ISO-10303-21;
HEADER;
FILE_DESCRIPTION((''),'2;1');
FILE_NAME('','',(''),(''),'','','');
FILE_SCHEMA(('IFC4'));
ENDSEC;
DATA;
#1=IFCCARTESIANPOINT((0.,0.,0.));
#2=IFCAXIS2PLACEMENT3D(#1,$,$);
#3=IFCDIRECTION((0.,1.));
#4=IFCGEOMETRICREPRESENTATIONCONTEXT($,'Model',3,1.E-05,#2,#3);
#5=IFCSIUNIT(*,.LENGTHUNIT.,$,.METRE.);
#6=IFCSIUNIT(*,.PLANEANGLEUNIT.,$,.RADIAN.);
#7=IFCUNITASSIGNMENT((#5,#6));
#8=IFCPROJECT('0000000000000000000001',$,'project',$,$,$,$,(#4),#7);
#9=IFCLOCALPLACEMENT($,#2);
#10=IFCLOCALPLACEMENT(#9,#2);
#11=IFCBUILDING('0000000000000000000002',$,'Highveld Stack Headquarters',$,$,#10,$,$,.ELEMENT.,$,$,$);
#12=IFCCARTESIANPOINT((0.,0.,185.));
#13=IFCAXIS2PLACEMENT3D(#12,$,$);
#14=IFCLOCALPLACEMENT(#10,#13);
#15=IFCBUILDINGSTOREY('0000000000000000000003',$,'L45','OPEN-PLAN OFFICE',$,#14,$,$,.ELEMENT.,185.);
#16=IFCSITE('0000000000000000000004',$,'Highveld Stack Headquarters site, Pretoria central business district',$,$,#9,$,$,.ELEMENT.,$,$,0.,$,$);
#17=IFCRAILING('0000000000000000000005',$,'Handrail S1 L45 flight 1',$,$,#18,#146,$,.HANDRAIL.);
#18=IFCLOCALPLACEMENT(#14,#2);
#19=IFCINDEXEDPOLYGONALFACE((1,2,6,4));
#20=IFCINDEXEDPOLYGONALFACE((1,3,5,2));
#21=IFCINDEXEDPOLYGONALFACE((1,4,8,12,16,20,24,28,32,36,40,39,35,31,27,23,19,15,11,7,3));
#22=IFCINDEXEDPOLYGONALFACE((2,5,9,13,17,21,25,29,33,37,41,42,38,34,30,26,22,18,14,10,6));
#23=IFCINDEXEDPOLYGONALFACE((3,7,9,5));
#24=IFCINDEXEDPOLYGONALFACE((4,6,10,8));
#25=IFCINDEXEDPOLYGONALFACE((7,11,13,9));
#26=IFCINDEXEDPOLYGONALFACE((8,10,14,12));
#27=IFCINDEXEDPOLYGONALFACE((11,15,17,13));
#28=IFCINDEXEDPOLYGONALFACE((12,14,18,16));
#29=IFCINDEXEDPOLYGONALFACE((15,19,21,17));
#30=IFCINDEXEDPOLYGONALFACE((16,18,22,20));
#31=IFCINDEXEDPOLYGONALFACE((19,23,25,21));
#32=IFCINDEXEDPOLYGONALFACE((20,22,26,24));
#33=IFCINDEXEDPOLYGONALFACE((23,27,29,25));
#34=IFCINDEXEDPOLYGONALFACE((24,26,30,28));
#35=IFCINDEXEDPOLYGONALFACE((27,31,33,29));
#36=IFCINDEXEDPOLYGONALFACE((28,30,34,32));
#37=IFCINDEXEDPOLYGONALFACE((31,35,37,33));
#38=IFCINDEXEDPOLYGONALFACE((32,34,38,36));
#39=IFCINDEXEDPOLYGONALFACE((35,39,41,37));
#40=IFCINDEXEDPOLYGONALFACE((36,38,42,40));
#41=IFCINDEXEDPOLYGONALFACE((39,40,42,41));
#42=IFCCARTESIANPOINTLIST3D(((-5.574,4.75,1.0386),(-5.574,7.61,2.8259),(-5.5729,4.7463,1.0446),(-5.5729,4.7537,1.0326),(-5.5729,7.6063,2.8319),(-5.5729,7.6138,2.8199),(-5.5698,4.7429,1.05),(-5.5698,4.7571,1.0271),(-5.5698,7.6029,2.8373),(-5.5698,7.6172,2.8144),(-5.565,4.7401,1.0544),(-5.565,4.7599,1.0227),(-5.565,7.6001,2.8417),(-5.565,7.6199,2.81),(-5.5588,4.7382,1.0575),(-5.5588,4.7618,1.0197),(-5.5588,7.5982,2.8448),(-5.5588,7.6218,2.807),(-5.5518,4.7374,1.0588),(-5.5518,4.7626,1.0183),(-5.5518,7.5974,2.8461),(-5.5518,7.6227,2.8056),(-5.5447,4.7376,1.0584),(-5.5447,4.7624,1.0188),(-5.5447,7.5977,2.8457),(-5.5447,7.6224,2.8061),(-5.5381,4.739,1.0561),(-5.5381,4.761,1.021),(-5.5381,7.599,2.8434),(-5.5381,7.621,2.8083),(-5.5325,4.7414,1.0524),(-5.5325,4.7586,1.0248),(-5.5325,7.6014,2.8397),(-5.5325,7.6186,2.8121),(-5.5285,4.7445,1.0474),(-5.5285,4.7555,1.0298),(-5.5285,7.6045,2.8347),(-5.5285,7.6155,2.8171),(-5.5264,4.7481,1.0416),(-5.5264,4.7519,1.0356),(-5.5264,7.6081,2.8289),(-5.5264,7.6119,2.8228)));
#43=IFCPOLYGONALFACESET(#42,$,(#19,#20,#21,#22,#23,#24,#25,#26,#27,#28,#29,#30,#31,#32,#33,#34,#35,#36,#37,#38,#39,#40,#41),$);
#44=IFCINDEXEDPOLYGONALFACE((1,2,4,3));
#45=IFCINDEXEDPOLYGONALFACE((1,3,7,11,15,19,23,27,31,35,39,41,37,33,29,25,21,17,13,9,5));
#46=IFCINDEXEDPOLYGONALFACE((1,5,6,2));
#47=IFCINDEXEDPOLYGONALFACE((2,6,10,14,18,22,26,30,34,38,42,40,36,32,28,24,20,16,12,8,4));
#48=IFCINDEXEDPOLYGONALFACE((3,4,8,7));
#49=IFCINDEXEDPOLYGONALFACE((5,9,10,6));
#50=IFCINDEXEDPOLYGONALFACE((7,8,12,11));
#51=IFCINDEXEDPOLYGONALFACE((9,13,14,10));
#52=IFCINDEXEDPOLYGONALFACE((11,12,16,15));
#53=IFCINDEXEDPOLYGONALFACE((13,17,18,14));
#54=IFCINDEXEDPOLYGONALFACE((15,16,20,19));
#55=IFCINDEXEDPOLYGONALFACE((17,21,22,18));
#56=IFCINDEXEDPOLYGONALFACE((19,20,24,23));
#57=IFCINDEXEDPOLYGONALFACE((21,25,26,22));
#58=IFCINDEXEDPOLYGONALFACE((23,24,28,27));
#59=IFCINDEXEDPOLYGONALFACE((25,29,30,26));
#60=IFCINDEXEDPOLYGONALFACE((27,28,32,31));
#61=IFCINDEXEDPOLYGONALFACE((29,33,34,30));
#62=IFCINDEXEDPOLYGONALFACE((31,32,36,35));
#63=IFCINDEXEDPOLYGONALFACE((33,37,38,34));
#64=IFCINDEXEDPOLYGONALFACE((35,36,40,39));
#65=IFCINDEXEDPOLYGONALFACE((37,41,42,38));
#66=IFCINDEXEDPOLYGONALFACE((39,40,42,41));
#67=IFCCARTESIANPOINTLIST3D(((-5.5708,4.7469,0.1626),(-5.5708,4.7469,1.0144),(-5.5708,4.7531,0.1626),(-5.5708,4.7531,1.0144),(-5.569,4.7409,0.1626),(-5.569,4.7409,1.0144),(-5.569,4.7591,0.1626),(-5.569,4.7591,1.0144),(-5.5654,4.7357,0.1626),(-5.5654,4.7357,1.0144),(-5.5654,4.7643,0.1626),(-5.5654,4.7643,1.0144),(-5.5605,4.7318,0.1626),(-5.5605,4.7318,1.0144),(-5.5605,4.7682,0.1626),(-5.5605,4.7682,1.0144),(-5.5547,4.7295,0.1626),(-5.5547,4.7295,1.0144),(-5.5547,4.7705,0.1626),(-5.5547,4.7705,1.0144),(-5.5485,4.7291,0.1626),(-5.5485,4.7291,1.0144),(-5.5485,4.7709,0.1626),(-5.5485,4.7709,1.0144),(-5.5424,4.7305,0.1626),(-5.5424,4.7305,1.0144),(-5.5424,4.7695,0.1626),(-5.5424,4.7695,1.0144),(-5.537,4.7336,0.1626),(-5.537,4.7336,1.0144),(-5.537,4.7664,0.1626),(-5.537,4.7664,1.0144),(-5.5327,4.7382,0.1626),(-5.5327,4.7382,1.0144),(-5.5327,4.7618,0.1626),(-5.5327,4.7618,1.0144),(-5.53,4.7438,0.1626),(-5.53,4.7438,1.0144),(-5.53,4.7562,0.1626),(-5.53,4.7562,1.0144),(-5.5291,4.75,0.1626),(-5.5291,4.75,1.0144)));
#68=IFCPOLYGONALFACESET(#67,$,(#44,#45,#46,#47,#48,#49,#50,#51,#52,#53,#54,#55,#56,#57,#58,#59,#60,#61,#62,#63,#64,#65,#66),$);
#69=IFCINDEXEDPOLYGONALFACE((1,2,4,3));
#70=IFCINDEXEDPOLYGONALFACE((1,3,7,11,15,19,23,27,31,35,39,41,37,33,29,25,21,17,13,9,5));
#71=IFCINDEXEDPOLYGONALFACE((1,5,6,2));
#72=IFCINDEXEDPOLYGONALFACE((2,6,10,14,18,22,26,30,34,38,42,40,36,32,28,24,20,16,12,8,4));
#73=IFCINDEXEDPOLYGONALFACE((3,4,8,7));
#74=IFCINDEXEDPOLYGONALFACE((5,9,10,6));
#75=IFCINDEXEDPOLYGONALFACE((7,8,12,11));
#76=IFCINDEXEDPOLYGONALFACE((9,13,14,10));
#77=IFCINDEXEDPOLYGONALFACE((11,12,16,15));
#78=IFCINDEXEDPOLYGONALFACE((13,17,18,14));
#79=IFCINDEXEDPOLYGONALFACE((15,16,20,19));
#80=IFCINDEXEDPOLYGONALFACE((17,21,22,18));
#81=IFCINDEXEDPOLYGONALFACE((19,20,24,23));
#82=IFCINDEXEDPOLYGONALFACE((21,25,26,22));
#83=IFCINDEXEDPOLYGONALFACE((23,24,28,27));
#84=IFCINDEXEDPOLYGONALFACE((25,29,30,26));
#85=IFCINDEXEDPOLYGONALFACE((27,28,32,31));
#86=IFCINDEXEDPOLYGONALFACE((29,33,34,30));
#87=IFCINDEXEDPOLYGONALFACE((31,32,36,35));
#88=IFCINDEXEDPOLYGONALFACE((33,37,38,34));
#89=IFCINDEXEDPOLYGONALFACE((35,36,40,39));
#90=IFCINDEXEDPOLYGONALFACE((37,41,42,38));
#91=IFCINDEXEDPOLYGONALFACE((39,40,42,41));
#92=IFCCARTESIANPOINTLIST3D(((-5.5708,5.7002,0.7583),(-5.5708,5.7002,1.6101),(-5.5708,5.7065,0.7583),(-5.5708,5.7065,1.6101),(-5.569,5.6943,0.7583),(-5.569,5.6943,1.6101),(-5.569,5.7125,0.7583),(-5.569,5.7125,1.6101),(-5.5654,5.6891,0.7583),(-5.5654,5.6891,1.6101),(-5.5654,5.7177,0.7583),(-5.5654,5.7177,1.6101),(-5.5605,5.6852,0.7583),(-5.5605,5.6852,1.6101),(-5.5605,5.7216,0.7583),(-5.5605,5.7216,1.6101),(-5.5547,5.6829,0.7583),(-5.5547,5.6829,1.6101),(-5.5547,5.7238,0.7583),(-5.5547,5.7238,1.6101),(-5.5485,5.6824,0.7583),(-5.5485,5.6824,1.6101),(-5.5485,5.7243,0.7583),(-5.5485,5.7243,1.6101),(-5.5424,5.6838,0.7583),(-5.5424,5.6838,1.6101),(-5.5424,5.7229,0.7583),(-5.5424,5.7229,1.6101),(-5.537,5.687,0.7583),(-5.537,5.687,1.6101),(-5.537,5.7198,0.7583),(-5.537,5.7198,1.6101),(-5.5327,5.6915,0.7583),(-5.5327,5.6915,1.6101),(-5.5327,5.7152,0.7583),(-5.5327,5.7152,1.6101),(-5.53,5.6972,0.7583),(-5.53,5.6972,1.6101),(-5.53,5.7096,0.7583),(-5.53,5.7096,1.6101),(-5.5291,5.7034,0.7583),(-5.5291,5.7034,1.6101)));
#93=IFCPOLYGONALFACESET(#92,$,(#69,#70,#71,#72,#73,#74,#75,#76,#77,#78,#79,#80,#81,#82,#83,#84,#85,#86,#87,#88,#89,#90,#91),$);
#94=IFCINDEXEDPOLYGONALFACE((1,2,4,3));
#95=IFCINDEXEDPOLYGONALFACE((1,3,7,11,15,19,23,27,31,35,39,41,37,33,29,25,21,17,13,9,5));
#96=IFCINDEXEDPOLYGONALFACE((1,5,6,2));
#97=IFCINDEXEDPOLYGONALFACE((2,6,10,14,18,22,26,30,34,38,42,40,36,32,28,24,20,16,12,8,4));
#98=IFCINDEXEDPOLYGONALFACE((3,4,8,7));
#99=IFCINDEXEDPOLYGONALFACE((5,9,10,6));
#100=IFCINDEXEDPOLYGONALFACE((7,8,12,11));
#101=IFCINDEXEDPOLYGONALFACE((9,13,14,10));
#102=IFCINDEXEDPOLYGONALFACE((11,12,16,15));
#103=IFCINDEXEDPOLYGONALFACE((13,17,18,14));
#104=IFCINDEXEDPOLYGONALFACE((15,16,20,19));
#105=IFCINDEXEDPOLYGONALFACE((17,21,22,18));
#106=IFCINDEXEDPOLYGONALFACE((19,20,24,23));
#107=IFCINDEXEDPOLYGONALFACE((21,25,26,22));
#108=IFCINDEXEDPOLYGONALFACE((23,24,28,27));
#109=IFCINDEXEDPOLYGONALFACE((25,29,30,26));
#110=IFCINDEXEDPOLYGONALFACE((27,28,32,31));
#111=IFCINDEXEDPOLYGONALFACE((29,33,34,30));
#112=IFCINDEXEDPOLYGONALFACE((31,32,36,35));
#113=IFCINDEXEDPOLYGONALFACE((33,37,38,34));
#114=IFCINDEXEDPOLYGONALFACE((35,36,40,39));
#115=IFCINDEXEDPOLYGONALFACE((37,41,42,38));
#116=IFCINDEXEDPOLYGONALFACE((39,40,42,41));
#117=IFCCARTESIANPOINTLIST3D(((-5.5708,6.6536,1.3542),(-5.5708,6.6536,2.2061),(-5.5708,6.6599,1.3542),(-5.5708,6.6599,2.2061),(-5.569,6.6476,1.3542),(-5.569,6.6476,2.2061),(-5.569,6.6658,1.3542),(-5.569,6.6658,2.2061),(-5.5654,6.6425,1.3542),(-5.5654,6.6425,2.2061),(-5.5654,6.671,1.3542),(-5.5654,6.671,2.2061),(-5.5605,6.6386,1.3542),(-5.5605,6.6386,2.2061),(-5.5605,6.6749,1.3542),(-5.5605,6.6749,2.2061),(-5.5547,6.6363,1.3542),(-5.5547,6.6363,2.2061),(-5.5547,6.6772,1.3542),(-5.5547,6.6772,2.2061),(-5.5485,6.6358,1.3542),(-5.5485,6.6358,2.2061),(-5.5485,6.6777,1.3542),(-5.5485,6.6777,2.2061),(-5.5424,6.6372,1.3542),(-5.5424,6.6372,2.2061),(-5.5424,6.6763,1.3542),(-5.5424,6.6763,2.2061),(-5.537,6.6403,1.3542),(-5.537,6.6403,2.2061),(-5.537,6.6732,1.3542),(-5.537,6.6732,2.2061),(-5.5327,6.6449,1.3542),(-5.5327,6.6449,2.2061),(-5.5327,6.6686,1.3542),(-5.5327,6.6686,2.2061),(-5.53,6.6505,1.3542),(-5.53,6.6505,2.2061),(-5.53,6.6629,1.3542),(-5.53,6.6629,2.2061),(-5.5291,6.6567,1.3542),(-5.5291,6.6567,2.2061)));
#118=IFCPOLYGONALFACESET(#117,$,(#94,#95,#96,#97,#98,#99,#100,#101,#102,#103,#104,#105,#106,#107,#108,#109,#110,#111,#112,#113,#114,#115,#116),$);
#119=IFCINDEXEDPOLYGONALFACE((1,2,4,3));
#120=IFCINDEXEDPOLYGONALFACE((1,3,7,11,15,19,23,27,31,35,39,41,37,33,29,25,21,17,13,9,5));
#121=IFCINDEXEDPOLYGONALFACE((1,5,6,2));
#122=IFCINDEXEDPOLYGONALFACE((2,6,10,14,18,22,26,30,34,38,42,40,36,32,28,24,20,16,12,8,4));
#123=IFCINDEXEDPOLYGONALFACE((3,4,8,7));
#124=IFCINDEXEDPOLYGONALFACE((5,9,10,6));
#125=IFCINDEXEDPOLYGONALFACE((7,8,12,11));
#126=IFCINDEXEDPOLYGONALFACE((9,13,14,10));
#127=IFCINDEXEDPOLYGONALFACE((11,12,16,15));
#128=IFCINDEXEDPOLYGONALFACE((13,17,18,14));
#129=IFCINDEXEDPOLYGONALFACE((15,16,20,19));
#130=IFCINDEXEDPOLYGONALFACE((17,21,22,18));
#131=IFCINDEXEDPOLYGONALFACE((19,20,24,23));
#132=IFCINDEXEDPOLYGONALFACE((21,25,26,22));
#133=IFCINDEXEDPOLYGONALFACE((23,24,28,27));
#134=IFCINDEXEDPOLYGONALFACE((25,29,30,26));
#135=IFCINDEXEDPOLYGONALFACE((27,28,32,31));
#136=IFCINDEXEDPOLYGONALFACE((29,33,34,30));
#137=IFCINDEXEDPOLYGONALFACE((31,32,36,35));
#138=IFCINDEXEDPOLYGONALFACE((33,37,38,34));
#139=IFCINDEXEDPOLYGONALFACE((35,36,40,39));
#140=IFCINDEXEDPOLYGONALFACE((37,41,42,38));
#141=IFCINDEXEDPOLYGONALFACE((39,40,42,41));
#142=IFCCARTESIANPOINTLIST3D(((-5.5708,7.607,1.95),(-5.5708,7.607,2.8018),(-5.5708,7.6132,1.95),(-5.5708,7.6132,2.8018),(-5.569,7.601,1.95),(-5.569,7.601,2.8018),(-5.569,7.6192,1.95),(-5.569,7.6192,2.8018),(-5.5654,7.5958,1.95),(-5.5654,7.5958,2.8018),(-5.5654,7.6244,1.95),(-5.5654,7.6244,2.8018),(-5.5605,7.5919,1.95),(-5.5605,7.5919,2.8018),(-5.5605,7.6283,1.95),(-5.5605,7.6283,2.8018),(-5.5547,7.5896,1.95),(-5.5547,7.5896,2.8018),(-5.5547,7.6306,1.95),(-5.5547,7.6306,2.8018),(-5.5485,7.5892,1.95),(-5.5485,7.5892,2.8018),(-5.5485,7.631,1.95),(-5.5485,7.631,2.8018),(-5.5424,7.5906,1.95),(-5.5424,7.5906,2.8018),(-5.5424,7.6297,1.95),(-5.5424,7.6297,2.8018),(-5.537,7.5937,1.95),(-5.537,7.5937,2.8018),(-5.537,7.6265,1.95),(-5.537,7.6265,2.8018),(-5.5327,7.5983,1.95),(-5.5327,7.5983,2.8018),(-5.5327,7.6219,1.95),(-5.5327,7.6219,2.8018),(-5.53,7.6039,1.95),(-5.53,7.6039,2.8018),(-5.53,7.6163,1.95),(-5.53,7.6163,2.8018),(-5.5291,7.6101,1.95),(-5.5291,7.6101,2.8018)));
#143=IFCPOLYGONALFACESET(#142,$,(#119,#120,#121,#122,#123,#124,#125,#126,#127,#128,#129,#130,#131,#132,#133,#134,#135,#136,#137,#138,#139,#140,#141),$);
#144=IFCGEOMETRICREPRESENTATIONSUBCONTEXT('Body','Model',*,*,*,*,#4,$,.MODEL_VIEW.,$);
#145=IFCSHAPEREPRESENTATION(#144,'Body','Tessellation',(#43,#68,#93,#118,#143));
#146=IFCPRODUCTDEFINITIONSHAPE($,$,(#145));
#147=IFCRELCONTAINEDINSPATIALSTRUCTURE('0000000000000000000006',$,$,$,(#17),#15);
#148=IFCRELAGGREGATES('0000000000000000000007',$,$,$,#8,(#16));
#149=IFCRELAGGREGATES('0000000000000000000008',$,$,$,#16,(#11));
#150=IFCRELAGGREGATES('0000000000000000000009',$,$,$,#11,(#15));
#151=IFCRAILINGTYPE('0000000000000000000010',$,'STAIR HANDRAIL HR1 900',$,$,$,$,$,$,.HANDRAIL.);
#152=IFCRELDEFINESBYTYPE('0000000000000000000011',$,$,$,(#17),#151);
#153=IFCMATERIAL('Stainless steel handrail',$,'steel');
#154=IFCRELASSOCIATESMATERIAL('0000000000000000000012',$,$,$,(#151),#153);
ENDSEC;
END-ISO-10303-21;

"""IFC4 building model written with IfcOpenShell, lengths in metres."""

from ifc_helpers import new_model, si_unit, direction, frame, origin, origin_2d, place, context, subcontext, project, spatial, circle, extrude, material, type_object, element, save


model = new_model("IFC4")

# Units and contexts
model_context = context("Model", 3, precision=1e-05, world=origin(), true_north=direction((0.0, 1.0)))
body_context = subcontext(model_context, "Body", "Model", "MODEL_VIEW")
ifc_project = project(units=[si_unit("LENGTHUNIT", "METRE"), si_unit("PLANEANGLEUNIT", "RADIAN")], contexts=[model_context])

# Site, building, storey
site_placement = place(None, origin())
site = spatial("IfcSite", under=ifc_project, at=site_placement, Name="Highveld Stack Headquarters site, Pretoria central business district", CompositionType="ELEMENT", RefElevation=0.0)
building_placement = place(site_placement, origin())
building = spatial("IfcBuilding", under=site, at=building_placement, Name="Highveld Stack Headquarters", CompositionType="ELEMENT")
storey_placement = place(building_placement, frame((0.0, 0.0, 185.0)))
storey = spatial("IfcBuildingStorey", under=building, at=storey_placement, Name="L45", Description="OPEN-PLAN OFFICE", CompositionType="ELEMENT", Elevation=185.0)

# Railing
ifc_material_1 = material(Name="Stainless steel handrail", Category="steel")
railing_type = type_object("IfcRailingType", Name="STAIR HANDRAIL HR1 900", PredefinedType="HANDRAIL", material=ifc_material_1)
for number, where, name in (
    (1, (-5.55, 4.75, 0.1626), "Handrail S1 L45 flight 1"),
):
    element("IfcRailing", number, at=place(storey_placement, frame(where)), inside=storey, type_object=railing_type, Name=name, PredefinedType="HANDRAIL", context=body_context, shape_type="SweptSolid", body=[
        extrude(circle(Radius=0.0239, at=origin_2d()), frame((0.0, 0.0, 0.876), z_axis=(0.0, 0.848027, 0.529953), x_axis=(-1.0, 0.0, 0.0)), (0.0, 0.0, 1.0), 3.3726),
        extrude(circle(Radius=0.021, at=origin_2d()), origin(), (0.0, 0.0, 1.0), 0.8518),
        extrude(circle(Radius=0.021, at=origin_2d()), frame((0.0, 0.9534, 0.5957)), (0.0, 0.0, 1.0), 0.8518),
        extrude(circle(Radius=0.021, at=origin_2d()), frame((0.0, 1.9067, 1.1917)), (0.0, 0.0, 1.0), 0.8518),
        extrude(circle(Radius=0.021, at=origin_2d()), frame((0.0, 2.8601, 1.7874)), (0.0, 0.0, 1.0), 0.8518),
    ])

save(model, "model.ifc")
